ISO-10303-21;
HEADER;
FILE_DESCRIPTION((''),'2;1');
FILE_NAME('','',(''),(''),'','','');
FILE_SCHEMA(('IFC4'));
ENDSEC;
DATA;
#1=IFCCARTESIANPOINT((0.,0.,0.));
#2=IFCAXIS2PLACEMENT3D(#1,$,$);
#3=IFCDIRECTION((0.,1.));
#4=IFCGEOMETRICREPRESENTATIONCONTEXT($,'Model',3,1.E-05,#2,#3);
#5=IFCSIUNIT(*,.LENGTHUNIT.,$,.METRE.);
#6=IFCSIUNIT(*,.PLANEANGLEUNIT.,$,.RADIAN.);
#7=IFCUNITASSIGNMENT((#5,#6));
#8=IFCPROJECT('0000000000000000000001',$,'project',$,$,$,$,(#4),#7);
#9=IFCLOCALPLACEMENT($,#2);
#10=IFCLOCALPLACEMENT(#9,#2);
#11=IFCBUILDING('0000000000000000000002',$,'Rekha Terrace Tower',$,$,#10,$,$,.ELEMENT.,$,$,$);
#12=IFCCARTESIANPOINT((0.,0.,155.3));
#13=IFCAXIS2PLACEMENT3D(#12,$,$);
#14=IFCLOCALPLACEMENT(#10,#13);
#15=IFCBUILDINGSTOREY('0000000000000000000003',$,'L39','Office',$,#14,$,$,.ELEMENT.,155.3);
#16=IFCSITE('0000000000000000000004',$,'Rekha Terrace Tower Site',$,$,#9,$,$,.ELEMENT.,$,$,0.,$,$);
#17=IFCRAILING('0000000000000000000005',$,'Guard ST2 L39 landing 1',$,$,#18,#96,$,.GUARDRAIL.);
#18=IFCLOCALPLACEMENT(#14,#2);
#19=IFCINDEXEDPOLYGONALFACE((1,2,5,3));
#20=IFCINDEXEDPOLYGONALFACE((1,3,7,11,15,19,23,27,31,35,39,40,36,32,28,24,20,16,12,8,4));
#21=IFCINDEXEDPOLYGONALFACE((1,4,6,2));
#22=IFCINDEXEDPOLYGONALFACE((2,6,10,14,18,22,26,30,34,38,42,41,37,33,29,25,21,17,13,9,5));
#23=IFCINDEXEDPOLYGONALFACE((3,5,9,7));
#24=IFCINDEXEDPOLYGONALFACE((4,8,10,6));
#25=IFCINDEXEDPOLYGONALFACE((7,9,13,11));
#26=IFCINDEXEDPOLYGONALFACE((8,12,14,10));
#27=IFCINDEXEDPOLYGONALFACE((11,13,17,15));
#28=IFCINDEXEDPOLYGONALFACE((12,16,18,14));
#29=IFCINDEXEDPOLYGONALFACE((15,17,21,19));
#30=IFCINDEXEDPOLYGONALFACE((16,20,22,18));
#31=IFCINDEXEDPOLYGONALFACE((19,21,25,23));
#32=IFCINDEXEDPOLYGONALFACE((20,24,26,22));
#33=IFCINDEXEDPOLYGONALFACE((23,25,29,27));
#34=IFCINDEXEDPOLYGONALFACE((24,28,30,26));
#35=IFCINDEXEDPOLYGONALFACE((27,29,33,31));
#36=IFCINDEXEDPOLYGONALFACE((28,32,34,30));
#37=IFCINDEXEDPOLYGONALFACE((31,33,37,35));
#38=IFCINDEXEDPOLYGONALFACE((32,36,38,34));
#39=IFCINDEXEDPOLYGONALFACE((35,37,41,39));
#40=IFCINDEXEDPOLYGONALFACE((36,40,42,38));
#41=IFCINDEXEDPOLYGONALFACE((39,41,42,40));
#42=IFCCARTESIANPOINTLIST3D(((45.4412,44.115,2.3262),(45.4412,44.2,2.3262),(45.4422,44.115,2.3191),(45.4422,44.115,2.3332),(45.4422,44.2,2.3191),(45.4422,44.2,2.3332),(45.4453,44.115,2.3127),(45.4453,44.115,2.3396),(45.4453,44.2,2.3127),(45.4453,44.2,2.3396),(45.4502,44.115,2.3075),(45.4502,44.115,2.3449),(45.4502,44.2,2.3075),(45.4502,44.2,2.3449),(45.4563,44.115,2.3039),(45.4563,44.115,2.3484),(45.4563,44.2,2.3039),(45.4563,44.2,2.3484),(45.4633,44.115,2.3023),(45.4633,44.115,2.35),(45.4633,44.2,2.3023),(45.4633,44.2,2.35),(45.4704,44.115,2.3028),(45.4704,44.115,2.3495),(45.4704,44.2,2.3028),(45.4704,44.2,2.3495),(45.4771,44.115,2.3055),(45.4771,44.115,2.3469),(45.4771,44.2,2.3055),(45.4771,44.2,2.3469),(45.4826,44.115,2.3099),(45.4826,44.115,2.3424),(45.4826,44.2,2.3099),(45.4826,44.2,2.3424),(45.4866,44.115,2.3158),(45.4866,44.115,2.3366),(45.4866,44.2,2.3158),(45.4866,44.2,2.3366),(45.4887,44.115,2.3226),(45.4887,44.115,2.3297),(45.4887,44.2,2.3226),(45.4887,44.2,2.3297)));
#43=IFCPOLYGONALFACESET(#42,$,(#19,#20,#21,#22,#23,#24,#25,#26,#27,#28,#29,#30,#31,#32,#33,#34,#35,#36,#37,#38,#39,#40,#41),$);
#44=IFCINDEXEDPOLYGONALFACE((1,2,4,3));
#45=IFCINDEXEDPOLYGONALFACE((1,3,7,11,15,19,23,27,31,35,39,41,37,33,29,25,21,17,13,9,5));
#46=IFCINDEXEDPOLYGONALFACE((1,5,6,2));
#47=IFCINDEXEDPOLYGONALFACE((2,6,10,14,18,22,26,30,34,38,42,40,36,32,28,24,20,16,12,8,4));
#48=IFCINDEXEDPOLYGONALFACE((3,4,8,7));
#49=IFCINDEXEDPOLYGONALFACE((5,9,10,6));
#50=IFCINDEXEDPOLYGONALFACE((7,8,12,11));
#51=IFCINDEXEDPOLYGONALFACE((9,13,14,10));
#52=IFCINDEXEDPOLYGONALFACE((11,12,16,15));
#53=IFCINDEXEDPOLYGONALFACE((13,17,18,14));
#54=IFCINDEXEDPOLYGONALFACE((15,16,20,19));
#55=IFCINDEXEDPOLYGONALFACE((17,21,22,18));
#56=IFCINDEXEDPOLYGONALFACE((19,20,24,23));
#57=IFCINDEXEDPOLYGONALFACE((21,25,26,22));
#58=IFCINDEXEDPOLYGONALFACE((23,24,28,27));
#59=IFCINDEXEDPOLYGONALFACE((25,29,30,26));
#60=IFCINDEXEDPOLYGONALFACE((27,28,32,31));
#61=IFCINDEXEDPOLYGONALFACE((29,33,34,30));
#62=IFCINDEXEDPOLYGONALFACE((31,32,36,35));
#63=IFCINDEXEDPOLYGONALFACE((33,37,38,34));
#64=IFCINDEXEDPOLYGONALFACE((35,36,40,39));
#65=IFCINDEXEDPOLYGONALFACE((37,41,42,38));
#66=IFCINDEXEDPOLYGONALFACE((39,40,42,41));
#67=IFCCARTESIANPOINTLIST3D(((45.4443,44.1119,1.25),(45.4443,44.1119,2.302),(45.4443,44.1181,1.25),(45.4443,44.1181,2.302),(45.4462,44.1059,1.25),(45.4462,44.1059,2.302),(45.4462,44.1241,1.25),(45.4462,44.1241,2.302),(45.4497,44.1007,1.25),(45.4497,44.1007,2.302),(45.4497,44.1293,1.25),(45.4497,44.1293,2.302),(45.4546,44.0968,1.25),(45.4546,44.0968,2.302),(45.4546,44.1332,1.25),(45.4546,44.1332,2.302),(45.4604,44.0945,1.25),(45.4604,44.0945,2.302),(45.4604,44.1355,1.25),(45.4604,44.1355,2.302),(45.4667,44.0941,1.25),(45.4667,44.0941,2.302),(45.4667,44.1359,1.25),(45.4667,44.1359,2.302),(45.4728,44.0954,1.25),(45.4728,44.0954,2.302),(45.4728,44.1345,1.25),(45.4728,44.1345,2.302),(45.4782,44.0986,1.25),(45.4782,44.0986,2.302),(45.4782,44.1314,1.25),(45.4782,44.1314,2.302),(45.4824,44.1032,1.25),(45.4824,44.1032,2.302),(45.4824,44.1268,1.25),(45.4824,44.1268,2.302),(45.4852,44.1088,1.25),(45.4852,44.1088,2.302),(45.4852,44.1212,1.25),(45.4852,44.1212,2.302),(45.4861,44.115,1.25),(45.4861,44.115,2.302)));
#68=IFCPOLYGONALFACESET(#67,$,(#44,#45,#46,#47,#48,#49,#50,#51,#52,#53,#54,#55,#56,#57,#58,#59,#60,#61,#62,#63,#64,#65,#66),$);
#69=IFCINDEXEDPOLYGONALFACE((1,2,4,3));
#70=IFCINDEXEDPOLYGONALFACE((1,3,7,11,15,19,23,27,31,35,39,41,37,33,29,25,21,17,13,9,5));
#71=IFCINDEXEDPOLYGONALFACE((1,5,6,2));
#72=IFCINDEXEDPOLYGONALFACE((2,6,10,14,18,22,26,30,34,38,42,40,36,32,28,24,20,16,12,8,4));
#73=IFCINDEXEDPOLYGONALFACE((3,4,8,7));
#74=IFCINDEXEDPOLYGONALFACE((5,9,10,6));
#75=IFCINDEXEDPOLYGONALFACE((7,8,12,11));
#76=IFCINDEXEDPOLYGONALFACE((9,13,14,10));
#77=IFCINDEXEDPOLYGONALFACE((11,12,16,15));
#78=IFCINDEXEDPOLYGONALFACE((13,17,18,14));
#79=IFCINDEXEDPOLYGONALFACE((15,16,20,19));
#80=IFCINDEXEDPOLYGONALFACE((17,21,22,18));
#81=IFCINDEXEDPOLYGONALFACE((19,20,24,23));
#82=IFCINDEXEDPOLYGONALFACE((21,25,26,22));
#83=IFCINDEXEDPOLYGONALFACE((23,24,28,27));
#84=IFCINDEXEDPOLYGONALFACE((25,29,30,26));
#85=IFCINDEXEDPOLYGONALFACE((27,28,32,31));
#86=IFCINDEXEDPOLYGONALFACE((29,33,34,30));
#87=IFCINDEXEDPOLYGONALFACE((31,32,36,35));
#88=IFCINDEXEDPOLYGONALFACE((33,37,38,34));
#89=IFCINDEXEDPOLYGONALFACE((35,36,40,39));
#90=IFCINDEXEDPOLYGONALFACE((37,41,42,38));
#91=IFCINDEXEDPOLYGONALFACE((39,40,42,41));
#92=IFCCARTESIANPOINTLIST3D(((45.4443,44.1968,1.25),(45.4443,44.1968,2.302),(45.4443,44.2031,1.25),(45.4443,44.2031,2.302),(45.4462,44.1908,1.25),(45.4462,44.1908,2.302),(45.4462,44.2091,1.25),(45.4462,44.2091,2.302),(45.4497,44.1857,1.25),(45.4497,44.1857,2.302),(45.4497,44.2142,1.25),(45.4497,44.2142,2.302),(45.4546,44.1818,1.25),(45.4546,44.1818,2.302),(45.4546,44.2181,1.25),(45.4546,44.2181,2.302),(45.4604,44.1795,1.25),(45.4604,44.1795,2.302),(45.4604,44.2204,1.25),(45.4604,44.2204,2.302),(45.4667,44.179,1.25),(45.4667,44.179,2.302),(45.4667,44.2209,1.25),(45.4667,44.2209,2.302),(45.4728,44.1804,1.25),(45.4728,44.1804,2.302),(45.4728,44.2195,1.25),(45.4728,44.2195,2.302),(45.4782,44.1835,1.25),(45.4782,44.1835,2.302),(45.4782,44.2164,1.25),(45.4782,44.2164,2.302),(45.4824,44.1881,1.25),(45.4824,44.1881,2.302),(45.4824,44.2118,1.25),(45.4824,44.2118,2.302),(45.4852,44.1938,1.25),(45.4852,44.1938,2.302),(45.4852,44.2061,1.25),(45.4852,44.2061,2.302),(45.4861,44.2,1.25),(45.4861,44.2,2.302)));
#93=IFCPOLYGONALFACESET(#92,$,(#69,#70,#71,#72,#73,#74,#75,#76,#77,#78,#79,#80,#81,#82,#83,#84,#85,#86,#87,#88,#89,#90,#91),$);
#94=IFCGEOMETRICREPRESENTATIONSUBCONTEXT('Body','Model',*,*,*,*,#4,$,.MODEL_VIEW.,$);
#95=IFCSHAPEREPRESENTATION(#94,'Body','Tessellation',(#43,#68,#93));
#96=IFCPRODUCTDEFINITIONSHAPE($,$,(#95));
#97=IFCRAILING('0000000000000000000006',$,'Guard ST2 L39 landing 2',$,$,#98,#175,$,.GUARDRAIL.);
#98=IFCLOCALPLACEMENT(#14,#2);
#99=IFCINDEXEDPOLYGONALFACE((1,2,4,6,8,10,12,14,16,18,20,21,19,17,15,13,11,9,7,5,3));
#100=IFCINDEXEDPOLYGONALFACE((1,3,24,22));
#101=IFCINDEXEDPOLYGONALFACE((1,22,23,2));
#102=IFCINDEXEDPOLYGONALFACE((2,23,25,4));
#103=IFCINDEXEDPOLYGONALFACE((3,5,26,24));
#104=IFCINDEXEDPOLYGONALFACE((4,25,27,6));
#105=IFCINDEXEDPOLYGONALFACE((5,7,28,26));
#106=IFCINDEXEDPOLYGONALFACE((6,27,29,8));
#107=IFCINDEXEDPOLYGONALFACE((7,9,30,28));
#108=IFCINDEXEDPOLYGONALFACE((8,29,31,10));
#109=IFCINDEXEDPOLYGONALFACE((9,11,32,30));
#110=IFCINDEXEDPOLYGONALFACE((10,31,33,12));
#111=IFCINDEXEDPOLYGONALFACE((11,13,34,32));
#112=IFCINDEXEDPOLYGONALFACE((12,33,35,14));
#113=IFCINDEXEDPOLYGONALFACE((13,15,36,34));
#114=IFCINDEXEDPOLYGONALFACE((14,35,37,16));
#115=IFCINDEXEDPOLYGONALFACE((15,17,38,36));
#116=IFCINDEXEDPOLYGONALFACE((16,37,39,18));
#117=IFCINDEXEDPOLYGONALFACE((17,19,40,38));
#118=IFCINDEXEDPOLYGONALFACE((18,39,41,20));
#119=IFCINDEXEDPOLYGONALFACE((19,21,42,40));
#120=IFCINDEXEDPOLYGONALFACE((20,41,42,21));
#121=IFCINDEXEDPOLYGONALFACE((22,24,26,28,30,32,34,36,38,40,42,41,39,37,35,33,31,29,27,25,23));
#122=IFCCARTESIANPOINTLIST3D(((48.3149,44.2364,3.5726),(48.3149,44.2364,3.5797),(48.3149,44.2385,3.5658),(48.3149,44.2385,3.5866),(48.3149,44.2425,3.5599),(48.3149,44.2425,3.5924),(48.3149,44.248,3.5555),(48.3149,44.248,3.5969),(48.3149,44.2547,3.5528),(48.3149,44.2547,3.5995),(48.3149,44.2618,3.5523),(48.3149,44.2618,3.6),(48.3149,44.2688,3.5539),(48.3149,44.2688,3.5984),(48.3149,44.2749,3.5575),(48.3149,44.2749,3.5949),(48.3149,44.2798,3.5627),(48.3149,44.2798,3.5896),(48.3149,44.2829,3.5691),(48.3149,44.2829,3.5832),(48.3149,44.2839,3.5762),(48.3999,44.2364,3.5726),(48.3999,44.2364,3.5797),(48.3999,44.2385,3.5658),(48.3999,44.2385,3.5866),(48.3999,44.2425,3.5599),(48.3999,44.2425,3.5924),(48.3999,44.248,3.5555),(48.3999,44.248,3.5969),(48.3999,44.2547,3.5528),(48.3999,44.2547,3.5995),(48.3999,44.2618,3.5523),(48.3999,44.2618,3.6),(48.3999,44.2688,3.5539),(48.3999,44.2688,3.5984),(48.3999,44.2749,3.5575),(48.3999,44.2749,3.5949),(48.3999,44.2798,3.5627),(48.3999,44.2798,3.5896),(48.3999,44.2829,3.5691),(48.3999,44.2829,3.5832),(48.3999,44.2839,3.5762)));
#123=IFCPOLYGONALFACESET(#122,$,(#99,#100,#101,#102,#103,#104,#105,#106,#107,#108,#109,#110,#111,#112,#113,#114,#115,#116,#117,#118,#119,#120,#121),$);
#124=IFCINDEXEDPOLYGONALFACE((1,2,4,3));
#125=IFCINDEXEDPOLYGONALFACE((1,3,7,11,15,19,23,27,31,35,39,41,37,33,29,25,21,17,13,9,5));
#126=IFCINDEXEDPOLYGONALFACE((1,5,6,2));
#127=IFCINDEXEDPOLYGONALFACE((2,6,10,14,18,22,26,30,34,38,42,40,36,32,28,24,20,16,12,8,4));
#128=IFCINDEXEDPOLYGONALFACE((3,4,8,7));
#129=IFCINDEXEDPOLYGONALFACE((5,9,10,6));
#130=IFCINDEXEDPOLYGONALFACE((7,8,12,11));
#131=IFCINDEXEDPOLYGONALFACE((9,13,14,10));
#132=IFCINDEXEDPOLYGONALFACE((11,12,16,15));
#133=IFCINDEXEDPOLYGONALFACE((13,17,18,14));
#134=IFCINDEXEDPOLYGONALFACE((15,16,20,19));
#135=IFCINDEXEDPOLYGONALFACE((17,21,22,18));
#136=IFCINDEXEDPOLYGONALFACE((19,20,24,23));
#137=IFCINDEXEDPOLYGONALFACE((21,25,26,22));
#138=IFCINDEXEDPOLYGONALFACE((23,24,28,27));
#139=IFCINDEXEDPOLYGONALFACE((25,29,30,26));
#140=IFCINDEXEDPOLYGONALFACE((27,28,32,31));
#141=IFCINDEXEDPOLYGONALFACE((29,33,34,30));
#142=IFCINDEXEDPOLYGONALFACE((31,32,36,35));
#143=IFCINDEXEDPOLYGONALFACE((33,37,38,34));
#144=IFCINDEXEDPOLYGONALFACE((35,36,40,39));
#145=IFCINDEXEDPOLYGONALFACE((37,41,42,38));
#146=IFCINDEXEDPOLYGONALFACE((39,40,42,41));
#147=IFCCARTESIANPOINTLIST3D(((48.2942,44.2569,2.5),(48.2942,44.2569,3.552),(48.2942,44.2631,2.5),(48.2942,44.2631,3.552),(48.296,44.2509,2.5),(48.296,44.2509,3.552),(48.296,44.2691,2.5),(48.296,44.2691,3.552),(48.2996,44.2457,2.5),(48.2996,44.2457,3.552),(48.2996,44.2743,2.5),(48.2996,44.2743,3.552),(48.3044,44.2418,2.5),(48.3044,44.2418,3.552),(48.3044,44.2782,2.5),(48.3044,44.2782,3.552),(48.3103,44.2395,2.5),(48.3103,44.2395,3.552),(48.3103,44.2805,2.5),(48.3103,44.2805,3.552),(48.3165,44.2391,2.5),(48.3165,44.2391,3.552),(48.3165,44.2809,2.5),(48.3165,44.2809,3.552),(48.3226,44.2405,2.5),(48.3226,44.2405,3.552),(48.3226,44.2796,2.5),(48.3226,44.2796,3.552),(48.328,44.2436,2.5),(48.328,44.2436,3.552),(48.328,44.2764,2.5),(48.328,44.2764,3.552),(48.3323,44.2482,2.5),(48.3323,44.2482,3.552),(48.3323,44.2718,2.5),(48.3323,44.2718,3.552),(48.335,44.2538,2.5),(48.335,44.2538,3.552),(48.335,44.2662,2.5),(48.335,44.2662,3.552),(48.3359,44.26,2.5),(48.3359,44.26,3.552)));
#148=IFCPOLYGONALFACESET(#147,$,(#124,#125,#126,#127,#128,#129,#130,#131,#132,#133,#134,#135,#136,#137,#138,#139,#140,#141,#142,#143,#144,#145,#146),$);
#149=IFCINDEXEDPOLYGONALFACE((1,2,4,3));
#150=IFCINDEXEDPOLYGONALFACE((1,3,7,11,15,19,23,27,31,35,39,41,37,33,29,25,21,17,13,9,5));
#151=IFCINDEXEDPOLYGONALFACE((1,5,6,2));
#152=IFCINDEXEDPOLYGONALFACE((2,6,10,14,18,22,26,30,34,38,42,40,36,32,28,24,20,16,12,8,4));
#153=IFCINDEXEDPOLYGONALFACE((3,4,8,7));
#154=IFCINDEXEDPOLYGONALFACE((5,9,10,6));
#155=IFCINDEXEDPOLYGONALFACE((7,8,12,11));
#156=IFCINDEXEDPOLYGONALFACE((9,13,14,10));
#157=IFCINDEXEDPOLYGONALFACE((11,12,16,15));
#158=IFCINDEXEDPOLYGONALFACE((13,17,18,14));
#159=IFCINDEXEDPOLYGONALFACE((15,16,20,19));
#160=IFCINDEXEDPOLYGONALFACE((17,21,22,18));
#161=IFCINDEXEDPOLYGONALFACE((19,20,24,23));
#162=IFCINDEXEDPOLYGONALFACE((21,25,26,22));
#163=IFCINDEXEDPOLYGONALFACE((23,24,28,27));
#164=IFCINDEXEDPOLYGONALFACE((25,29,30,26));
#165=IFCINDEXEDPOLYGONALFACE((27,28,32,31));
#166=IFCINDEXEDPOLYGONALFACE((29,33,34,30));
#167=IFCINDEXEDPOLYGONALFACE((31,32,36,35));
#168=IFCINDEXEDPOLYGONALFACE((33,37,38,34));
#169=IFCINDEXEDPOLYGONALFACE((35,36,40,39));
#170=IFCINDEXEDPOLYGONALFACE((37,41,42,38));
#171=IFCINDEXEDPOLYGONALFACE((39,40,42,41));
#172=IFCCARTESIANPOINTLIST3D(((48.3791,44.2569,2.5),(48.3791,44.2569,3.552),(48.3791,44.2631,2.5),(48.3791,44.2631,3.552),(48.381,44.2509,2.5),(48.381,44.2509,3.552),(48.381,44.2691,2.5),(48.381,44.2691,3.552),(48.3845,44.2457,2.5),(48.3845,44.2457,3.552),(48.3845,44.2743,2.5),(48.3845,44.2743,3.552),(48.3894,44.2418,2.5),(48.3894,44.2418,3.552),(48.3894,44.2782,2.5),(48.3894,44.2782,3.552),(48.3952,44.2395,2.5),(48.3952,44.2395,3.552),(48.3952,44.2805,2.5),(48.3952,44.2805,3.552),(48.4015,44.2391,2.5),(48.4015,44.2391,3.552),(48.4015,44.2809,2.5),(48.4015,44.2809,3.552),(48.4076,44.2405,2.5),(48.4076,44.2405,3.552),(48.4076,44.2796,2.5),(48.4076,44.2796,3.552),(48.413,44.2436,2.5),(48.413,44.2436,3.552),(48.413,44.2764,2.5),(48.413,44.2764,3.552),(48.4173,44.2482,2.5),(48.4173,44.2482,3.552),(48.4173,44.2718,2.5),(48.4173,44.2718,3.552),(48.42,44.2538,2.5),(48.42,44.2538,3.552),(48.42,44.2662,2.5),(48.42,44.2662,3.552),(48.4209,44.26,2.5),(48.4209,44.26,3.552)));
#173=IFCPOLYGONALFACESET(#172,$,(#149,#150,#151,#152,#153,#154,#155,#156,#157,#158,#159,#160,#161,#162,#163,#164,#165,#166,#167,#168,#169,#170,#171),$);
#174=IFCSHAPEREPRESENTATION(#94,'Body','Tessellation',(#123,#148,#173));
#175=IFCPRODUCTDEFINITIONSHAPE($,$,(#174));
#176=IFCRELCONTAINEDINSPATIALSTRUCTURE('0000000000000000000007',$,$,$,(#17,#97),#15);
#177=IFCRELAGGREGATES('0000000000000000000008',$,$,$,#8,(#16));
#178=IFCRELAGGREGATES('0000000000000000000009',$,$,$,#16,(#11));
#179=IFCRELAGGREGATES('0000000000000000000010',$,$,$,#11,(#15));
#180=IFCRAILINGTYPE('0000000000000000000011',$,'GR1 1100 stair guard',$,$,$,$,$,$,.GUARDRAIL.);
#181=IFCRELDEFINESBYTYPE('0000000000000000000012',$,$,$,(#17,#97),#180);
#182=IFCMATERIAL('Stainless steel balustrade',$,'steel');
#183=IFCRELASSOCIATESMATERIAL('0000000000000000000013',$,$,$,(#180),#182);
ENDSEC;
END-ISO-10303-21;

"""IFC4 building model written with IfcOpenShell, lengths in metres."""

from ifc_helpers import new_model, si_unit, direction, frame, origin, origin_2d, place, context, subcontext, project, spatial, circle, extrude, material, type_object, element, save


model = new_model("IFC4")

# Units and contexts
model_context = context("Model", 3, precision=1e-05, world=origin(), true_north=direction((0.0, 1.0)))
body_context = subcontext(model_context, "Body", "Model", "MODEL_VIEW")
ifc_project = project(units=[si_unit("LENGTHUNIT", "METRE"), si_unit("PLANEANGLEUNIT", "RADIAN")], contexts=[model_context])

# Site, building, storey
site_placement = place(None, origin())
site = spatial("IfcSite", under=ifc_project, at=site_placement, Name="Rekha Terrace Tower Site", CompositionType="ELEMENT", RefElevation=0.0)
building_placement = place(site_placement, origin())
building = spatial("IfcBuilding", under=site, at=building_placement, Name="Rekha Terrace Tower", CompositionType="ELEMENT")
storey_placement = place(building_placement, frame((0.0, 0.0, 155.3)))
storey = spatial("IfcBuildingStorey", under=building, at=storey_placement, Name="L39", Description="Office", CompositionType="ELEMENT", Elevation=155.3)

# Railings
ifc_material_1 = material(Name="Stainless steel balustrade", Category="steel")
railing_type_1 = type_object("IfcRailingType", Name="GR1 1100 stair guard", PredefinedType="GUARDRAIL", material=ifc_material_1)
railing_1_placement = place(storey_placement, frame((45.4651, 44.115, 1.25)))
element("IfcRailing", 1, at=railing_1_placement, inside=storey, type_object=railing_type_1, Name="Guard ST2 L39 landing 1", PredefinedType="GUARDRAIL", context=body_context, shape_type="SweptSolid", body=[
    extrude(circle(Radius=0.0239, at=origin_2d()), frame((0.0, 0.0, 1.0762), z_axis=(0.0, 1.0, 0.0), x_axis=(-1.0, 0.0, 0.0)), (0.0, 0.0, 1.0), 0.085),
    extrude(circle(Radius=0.021, at=origin_2d()), origin(), (0.0, 0.0, 1.0), 1.052),
    extrude(circle(Radius=0.021, at=origin_2d()), frame((0.0, 0.085, 0.0)), (0.0, 0.0, 1.0), 1.052),
])
railing_2_placement = place(storey_placement, frame((48.3149, 44.26, 2.5)))
element("IfcRailing", 2, at=railing_2_placement, inside=storey, type_object=railing_type_1, Name="Guard ST2 L39 landing 2", PredefinedType="GUARDRAIL", context=body_context, shape_type="SweptSolid", body=[
    extrude(circle(Radius=0.0239, at=origin_2d()), frame((0.0, 0.0, 1.0762), z_axis=(1.0, 0.0, 0.0), x_axis=(0.0, 1.0, 0.0)), (0.0, 0.0, 1.0), 0.085),
    extrude(circle(Radius=0.021, at=origin_2d()), origin(), (0.0, 0.0, 1.0), 1.052),
    extrude(circle(Radius=0.021, at=origin_2d()), frame((0.085, 0.0, 0.0)), (0.0, 0.0, 1.0), 1.052),
])

save(model, "model.ifc")
